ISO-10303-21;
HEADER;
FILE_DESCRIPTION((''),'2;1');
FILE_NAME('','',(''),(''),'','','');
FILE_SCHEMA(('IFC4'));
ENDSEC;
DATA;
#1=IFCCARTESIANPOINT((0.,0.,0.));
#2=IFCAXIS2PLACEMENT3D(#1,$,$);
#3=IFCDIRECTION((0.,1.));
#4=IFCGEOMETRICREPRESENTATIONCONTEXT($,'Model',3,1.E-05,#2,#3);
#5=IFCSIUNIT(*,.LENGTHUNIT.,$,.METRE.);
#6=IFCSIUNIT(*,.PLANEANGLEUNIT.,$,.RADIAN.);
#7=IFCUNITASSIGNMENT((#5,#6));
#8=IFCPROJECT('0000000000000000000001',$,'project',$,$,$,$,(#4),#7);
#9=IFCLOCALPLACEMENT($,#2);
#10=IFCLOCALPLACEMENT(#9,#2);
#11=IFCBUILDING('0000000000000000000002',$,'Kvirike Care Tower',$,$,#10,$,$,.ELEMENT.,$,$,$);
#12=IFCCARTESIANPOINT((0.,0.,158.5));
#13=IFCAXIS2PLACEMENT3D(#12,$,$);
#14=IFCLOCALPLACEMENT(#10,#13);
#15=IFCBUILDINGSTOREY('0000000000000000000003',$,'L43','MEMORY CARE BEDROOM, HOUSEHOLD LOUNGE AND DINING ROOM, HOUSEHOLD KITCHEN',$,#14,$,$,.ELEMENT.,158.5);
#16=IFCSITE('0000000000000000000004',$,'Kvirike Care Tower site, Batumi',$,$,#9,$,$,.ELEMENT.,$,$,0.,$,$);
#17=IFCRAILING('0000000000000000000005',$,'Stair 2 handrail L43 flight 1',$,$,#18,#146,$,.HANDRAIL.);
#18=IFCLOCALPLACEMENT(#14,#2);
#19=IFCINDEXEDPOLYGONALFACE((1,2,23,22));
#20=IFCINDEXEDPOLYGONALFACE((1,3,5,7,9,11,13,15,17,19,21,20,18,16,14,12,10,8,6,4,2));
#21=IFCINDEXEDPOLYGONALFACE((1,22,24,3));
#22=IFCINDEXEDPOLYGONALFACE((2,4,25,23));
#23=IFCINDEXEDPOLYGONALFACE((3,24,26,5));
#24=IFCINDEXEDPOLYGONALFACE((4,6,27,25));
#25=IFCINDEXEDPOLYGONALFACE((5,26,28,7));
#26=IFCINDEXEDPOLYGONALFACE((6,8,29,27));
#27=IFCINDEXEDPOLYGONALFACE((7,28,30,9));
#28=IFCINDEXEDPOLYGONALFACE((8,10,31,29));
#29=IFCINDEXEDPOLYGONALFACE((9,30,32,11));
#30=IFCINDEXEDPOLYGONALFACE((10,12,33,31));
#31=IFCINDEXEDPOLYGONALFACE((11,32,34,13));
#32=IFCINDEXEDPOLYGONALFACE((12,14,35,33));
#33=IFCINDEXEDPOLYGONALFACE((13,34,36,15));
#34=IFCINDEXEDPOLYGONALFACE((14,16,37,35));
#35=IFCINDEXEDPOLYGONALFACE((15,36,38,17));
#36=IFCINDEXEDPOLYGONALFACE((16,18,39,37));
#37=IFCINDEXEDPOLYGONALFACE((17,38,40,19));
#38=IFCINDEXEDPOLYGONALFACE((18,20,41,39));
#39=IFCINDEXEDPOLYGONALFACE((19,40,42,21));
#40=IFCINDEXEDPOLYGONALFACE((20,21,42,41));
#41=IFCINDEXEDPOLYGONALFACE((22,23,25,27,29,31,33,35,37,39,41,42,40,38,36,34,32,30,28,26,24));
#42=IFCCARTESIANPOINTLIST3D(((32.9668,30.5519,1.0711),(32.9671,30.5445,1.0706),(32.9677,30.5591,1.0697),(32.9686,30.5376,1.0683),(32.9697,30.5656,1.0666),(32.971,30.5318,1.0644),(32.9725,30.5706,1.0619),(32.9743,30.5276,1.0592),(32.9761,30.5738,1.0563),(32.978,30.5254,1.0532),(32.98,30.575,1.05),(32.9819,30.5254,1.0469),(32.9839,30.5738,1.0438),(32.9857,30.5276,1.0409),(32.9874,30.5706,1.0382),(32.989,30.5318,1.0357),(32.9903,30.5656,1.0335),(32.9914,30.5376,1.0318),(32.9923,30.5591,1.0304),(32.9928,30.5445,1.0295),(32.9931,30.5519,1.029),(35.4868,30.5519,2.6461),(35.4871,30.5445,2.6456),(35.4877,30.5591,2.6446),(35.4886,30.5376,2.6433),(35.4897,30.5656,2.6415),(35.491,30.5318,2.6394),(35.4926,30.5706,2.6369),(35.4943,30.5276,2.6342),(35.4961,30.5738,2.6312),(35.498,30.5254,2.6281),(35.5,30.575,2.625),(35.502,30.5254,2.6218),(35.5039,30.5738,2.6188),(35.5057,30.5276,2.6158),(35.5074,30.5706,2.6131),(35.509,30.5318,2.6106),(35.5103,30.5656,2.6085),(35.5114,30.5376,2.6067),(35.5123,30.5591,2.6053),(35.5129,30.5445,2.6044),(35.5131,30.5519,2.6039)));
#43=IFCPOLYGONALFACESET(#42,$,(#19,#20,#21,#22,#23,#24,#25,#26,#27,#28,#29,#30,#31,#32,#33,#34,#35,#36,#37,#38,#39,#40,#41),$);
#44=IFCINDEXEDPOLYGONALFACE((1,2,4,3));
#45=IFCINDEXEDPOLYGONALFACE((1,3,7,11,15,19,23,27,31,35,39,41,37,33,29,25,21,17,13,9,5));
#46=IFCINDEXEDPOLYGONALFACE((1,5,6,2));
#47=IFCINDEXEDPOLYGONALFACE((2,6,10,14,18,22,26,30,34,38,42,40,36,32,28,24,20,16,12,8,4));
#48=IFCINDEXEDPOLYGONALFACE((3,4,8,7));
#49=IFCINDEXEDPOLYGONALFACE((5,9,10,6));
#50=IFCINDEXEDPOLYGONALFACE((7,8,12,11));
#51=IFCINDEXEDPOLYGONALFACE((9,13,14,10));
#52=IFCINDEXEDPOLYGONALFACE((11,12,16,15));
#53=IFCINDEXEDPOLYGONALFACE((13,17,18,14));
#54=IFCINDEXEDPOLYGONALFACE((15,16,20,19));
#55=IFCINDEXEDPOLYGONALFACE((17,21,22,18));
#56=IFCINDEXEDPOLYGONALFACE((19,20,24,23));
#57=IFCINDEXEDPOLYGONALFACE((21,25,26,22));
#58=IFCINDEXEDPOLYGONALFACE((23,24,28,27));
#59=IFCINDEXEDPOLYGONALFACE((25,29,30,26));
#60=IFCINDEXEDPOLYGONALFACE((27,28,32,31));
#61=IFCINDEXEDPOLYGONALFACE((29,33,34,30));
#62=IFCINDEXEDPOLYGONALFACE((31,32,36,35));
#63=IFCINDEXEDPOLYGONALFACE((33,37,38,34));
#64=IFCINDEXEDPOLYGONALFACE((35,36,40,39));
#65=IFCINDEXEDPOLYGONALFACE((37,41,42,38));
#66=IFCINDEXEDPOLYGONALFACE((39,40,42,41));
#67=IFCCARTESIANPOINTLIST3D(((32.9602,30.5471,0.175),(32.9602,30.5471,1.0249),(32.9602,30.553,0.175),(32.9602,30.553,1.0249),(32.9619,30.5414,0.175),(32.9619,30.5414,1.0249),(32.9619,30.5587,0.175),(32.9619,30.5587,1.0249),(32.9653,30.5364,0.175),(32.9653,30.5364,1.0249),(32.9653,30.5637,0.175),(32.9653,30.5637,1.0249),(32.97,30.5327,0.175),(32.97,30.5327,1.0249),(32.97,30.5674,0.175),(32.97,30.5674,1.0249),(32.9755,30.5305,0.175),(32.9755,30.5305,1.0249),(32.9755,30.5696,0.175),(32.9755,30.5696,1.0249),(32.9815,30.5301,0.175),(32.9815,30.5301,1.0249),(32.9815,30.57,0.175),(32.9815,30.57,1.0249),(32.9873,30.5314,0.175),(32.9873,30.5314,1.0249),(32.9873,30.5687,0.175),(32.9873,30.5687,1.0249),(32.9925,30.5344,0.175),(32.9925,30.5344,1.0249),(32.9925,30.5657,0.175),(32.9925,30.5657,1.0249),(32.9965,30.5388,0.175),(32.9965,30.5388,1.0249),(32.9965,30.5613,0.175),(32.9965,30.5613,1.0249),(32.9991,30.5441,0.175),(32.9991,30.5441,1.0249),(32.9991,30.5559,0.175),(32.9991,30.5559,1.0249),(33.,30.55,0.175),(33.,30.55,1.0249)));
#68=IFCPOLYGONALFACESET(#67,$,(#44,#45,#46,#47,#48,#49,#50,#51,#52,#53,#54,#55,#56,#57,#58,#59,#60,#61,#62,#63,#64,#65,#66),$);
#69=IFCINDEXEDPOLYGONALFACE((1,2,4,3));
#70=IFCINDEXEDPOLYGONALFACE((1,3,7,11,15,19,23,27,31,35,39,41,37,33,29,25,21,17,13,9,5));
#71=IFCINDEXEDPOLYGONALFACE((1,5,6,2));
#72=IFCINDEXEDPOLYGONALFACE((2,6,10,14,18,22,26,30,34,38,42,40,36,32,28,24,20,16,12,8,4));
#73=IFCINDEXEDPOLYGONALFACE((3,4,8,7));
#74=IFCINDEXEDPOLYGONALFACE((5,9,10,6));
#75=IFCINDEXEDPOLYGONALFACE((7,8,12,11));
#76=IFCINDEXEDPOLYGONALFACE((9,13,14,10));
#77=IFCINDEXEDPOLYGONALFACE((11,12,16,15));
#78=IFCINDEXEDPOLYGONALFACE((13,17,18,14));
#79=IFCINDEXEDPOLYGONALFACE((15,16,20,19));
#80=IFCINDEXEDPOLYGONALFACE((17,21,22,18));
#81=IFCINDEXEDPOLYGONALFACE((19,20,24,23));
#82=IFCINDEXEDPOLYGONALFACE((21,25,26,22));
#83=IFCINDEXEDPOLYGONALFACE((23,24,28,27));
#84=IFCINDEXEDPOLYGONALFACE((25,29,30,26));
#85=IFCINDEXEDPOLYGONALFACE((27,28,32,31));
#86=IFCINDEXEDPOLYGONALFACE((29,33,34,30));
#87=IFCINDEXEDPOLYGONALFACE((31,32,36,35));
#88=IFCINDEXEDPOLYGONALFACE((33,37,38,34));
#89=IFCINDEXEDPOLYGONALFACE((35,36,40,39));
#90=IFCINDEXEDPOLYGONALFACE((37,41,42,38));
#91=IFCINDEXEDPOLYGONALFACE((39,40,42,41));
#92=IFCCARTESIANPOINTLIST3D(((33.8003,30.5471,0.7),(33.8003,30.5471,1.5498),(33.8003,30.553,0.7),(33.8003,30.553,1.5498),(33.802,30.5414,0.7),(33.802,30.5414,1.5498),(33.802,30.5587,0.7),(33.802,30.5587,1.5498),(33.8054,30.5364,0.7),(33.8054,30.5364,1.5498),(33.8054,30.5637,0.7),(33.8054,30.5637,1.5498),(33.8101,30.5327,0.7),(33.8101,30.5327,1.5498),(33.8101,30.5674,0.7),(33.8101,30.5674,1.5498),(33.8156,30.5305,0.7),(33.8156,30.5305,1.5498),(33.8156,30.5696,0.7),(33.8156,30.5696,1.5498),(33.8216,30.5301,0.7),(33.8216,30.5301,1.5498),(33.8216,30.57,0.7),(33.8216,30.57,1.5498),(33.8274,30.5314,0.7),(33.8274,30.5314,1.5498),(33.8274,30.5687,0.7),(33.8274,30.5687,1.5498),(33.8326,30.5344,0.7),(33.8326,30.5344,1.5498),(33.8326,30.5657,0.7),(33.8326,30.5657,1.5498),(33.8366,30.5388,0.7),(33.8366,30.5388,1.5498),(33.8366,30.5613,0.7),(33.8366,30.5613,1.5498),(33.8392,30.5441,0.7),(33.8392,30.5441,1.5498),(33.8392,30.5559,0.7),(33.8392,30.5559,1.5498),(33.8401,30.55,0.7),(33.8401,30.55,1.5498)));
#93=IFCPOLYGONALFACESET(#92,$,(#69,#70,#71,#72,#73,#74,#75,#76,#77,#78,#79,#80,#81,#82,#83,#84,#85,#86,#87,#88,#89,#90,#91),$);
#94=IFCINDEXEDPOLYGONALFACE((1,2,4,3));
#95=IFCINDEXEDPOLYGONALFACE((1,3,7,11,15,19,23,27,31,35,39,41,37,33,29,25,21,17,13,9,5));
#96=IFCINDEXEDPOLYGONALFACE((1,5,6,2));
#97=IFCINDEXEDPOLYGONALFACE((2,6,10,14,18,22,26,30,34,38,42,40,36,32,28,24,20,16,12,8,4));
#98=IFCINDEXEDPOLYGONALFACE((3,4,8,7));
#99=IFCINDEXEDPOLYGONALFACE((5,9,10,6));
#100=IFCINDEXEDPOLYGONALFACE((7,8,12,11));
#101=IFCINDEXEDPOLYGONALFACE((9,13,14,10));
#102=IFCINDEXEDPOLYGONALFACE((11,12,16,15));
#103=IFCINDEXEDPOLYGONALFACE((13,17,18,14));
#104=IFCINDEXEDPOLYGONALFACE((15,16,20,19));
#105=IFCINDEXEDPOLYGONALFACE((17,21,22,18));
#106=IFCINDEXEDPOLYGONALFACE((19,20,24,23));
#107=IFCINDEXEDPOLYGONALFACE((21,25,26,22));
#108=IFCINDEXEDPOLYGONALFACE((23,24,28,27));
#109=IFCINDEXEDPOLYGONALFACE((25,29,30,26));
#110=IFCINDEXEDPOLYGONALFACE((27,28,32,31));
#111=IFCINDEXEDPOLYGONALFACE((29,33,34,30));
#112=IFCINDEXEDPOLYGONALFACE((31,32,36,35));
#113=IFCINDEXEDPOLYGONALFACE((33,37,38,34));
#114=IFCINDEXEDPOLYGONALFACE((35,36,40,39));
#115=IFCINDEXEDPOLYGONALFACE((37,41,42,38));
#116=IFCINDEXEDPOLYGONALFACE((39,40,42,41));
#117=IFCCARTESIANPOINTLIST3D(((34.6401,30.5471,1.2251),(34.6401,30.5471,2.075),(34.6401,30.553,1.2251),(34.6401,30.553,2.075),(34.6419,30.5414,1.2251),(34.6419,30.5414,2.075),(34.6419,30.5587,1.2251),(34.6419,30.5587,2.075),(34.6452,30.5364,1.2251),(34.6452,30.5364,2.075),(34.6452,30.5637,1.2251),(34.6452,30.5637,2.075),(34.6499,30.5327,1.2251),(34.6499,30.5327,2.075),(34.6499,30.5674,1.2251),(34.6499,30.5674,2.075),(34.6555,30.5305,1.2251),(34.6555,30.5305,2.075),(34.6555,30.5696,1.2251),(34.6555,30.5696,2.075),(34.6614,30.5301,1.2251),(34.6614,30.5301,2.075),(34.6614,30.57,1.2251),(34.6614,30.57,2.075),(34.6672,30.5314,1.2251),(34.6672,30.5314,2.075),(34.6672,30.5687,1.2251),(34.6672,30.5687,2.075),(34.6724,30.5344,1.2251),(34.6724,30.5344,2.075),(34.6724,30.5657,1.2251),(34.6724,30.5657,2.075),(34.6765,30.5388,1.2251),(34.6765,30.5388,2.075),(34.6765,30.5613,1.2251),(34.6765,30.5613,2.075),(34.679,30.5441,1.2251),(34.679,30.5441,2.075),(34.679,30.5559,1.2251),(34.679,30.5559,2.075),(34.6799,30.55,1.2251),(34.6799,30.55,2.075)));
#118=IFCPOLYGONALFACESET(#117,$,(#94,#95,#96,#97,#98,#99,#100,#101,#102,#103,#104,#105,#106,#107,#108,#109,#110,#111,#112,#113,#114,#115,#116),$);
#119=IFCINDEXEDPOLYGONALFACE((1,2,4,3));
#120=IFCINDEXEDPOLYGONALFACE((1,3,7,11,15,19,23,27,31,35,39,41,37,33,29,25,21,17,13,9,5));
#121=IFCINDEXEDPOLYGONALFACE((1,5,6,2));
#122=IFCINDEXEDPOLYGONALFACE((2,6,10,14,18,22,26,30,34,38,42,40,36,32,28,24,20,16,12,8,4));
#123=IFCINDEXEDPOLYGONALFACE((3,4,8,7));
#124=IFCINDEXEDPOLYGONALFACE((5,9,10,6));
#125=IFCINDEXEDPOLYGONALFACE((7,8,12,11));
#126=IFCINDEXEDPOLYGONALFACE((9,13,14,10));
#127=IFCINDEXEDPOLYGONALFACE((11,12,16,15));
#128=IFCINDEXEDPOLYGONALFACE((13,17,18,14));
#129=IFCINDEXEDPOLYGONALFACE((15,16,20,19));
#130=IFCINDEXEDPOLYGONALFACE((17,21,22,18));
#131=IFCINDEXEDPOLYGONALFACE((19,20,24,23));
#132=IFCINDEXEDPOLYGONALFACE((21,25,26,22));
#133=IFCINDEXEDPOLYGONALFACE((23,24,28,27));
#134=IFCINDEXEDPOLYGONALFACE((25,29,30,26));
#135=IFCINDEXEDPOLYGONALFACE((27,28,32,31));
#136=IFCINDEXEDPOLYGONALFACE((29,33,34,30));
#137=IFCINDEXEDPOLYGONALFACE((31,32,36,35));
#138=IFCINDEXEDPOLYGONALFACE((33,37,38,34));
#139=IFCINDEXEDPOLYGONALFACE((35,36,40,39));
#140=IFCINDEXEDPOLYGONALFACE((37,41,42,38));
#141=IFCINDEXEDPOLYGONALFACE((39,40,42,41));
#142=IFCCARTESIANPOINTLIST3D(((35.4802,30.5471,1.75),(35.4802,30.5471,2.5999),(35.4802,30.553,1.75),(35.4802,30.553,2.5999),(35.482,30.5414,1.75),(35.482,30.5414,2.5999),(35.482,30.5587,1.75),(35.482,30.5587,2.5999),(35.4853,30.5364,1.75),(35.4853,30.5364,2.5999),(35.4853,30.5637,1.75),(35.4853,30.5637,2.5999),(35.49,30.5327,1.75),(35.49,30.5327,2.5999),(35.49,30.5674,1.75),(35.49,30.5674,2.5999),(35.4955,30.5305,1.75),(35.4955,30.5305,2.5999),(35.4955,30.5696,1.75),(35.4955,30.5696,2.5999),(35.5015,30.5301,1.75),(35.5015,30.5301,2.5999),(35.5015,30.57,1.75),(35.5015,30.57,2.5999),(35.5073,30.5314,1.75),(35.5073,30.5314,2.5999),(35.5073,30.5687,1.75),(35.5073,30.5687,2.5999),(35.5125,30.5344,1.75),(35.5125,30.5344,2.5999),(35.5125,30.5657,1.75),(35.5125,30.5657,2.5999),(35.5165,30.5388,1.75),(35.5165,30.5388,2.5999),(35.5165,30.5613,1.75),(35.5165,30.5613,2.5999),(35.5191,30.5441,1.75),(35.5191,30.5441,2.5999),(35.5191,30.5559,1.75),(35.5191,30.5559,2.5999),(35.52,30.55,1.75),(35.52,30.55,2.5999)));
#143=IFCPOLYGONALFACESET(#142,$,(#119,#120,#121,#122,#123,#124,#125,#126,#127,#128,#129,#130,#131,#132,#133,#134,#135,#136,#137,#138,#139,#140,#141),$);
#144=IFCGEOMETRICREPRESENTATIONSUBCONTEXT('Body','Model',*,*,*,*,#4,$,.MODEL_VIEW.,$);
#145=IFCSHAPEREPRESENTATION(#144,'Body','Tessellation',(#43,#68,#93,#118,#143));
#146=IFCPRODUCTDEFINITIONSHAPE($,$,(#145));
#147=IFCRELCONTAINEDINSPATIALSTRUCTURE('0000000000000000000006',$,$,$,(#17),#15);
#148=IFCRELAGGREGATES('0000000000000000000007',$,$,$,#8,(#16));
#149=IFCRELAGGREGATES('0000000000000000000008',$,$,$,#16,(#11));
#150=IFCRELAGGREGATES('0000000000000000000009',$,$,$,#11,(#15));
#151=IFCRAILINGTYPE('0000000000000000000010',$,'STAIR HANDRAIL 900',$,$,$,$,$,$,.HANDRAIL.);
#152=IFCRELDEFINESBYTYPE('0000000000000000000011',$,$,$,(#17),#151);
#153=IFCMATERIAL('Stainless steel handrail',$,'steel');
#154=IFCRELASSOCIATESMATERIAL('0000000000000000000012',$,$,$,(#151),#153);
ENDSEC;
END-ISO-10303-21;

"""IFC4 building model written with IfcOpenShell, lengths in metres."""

from ifc_helpers import new_model, si_unit, direction, frame, origin, origin_2d, place, context, subcontext, project, spatial, circle, extrude, material, type_object, element, save


model = new_model("IFC4")

# Units and contexts
model_context = context("Model", 3, precision=1e-05, world=origin(), true_north=direction((0.0, 1.0)))
body_context = subcontext(model_context, "Body", "Model", "MODEL_VIEW")
ifc_project = project(units=[si_unit("LENGTHUNIT", "METRE"), si_unit("PLANEANGLEUNIT", "RADIAN")], contexts=[model_context])

# Site, building, storey
site_placement = place(None, origin())
site = spatial("IfcSite", under=ifc_project, at=site_placement, Name="Kvirike Care Tower site, Batumi", CompositionType="ELEMENT", RefElevation=0.0)
building_placement = place(site_placement, origin())
building = spatial("IfcBuilding", under=site, at=building_placement, Name="Kvirike Care Tower", CompositionType="ELEMENT")
storey_placement = place(building_placement, frame((0.0, 0.0, 158.5)))
storey = spatial("IfcBuildingStorey", under=building, at=storey_placement, Name="L43", Description="MEMORY CARE BEDROOM, HOUSEHOLD LOUNGE AND DINING ROOM, HOUSEHOLD KITCHEN", CompositionType="ELEMENT", Elevation=158.5)

# Railing
ifc_material_1 = material(Name="Stainless steel handrail", Category="steel")
railing_type = type_object("IfcRailingType", Name="STAIR HANDRAIL 900", PredefinedType="HANDRAIL", material=ifc_material_1)
railing_1_placement = place(storey_placement, frame((32.98, 30.55, 0.175)))
element("IfcRailing", 1, at=railing_1_placement, inside=storey, type_object=railing_type, Name="Stair 2 handrail L43 flight 1", PredefinedType="HANDRAIL", context=body_context, shape_type="SweptSolid", body=[
    extrude(circle(Radius=0.0249, at=origin_2d()), frame((0.0, 0.0, 0.875), z_axis=(0.848008, 0.0, 0.529984), x_axis=(0.0, 1.0, 0.0)), (0.0, 0.0, 1.0), 2.9717),
    extrude(circle(Radius=0.02, at=origin_2d()), origin(), (0.0, 0.0, 1.0), 0.8499),
    extrude(circle(Radius=0.02, at=origin_2d()), frame((0.8401, 0.0, 0.5249)), (0.0, 0.0, 1.0), 0.8499),
    extrude(circle(Radius=0.02, at=origin_2d()), frame((1.6799, 0.0, 1.05)), (0.0, 0.0, 1.0), 0.8499),
    extrude(circle(Radius=0.02, at=origin_2d()), frame((2.52, 0.0, 1.575)), (0.0, 0.0, 1.0), 0.8499),
])

save(model, "model.ifc")
